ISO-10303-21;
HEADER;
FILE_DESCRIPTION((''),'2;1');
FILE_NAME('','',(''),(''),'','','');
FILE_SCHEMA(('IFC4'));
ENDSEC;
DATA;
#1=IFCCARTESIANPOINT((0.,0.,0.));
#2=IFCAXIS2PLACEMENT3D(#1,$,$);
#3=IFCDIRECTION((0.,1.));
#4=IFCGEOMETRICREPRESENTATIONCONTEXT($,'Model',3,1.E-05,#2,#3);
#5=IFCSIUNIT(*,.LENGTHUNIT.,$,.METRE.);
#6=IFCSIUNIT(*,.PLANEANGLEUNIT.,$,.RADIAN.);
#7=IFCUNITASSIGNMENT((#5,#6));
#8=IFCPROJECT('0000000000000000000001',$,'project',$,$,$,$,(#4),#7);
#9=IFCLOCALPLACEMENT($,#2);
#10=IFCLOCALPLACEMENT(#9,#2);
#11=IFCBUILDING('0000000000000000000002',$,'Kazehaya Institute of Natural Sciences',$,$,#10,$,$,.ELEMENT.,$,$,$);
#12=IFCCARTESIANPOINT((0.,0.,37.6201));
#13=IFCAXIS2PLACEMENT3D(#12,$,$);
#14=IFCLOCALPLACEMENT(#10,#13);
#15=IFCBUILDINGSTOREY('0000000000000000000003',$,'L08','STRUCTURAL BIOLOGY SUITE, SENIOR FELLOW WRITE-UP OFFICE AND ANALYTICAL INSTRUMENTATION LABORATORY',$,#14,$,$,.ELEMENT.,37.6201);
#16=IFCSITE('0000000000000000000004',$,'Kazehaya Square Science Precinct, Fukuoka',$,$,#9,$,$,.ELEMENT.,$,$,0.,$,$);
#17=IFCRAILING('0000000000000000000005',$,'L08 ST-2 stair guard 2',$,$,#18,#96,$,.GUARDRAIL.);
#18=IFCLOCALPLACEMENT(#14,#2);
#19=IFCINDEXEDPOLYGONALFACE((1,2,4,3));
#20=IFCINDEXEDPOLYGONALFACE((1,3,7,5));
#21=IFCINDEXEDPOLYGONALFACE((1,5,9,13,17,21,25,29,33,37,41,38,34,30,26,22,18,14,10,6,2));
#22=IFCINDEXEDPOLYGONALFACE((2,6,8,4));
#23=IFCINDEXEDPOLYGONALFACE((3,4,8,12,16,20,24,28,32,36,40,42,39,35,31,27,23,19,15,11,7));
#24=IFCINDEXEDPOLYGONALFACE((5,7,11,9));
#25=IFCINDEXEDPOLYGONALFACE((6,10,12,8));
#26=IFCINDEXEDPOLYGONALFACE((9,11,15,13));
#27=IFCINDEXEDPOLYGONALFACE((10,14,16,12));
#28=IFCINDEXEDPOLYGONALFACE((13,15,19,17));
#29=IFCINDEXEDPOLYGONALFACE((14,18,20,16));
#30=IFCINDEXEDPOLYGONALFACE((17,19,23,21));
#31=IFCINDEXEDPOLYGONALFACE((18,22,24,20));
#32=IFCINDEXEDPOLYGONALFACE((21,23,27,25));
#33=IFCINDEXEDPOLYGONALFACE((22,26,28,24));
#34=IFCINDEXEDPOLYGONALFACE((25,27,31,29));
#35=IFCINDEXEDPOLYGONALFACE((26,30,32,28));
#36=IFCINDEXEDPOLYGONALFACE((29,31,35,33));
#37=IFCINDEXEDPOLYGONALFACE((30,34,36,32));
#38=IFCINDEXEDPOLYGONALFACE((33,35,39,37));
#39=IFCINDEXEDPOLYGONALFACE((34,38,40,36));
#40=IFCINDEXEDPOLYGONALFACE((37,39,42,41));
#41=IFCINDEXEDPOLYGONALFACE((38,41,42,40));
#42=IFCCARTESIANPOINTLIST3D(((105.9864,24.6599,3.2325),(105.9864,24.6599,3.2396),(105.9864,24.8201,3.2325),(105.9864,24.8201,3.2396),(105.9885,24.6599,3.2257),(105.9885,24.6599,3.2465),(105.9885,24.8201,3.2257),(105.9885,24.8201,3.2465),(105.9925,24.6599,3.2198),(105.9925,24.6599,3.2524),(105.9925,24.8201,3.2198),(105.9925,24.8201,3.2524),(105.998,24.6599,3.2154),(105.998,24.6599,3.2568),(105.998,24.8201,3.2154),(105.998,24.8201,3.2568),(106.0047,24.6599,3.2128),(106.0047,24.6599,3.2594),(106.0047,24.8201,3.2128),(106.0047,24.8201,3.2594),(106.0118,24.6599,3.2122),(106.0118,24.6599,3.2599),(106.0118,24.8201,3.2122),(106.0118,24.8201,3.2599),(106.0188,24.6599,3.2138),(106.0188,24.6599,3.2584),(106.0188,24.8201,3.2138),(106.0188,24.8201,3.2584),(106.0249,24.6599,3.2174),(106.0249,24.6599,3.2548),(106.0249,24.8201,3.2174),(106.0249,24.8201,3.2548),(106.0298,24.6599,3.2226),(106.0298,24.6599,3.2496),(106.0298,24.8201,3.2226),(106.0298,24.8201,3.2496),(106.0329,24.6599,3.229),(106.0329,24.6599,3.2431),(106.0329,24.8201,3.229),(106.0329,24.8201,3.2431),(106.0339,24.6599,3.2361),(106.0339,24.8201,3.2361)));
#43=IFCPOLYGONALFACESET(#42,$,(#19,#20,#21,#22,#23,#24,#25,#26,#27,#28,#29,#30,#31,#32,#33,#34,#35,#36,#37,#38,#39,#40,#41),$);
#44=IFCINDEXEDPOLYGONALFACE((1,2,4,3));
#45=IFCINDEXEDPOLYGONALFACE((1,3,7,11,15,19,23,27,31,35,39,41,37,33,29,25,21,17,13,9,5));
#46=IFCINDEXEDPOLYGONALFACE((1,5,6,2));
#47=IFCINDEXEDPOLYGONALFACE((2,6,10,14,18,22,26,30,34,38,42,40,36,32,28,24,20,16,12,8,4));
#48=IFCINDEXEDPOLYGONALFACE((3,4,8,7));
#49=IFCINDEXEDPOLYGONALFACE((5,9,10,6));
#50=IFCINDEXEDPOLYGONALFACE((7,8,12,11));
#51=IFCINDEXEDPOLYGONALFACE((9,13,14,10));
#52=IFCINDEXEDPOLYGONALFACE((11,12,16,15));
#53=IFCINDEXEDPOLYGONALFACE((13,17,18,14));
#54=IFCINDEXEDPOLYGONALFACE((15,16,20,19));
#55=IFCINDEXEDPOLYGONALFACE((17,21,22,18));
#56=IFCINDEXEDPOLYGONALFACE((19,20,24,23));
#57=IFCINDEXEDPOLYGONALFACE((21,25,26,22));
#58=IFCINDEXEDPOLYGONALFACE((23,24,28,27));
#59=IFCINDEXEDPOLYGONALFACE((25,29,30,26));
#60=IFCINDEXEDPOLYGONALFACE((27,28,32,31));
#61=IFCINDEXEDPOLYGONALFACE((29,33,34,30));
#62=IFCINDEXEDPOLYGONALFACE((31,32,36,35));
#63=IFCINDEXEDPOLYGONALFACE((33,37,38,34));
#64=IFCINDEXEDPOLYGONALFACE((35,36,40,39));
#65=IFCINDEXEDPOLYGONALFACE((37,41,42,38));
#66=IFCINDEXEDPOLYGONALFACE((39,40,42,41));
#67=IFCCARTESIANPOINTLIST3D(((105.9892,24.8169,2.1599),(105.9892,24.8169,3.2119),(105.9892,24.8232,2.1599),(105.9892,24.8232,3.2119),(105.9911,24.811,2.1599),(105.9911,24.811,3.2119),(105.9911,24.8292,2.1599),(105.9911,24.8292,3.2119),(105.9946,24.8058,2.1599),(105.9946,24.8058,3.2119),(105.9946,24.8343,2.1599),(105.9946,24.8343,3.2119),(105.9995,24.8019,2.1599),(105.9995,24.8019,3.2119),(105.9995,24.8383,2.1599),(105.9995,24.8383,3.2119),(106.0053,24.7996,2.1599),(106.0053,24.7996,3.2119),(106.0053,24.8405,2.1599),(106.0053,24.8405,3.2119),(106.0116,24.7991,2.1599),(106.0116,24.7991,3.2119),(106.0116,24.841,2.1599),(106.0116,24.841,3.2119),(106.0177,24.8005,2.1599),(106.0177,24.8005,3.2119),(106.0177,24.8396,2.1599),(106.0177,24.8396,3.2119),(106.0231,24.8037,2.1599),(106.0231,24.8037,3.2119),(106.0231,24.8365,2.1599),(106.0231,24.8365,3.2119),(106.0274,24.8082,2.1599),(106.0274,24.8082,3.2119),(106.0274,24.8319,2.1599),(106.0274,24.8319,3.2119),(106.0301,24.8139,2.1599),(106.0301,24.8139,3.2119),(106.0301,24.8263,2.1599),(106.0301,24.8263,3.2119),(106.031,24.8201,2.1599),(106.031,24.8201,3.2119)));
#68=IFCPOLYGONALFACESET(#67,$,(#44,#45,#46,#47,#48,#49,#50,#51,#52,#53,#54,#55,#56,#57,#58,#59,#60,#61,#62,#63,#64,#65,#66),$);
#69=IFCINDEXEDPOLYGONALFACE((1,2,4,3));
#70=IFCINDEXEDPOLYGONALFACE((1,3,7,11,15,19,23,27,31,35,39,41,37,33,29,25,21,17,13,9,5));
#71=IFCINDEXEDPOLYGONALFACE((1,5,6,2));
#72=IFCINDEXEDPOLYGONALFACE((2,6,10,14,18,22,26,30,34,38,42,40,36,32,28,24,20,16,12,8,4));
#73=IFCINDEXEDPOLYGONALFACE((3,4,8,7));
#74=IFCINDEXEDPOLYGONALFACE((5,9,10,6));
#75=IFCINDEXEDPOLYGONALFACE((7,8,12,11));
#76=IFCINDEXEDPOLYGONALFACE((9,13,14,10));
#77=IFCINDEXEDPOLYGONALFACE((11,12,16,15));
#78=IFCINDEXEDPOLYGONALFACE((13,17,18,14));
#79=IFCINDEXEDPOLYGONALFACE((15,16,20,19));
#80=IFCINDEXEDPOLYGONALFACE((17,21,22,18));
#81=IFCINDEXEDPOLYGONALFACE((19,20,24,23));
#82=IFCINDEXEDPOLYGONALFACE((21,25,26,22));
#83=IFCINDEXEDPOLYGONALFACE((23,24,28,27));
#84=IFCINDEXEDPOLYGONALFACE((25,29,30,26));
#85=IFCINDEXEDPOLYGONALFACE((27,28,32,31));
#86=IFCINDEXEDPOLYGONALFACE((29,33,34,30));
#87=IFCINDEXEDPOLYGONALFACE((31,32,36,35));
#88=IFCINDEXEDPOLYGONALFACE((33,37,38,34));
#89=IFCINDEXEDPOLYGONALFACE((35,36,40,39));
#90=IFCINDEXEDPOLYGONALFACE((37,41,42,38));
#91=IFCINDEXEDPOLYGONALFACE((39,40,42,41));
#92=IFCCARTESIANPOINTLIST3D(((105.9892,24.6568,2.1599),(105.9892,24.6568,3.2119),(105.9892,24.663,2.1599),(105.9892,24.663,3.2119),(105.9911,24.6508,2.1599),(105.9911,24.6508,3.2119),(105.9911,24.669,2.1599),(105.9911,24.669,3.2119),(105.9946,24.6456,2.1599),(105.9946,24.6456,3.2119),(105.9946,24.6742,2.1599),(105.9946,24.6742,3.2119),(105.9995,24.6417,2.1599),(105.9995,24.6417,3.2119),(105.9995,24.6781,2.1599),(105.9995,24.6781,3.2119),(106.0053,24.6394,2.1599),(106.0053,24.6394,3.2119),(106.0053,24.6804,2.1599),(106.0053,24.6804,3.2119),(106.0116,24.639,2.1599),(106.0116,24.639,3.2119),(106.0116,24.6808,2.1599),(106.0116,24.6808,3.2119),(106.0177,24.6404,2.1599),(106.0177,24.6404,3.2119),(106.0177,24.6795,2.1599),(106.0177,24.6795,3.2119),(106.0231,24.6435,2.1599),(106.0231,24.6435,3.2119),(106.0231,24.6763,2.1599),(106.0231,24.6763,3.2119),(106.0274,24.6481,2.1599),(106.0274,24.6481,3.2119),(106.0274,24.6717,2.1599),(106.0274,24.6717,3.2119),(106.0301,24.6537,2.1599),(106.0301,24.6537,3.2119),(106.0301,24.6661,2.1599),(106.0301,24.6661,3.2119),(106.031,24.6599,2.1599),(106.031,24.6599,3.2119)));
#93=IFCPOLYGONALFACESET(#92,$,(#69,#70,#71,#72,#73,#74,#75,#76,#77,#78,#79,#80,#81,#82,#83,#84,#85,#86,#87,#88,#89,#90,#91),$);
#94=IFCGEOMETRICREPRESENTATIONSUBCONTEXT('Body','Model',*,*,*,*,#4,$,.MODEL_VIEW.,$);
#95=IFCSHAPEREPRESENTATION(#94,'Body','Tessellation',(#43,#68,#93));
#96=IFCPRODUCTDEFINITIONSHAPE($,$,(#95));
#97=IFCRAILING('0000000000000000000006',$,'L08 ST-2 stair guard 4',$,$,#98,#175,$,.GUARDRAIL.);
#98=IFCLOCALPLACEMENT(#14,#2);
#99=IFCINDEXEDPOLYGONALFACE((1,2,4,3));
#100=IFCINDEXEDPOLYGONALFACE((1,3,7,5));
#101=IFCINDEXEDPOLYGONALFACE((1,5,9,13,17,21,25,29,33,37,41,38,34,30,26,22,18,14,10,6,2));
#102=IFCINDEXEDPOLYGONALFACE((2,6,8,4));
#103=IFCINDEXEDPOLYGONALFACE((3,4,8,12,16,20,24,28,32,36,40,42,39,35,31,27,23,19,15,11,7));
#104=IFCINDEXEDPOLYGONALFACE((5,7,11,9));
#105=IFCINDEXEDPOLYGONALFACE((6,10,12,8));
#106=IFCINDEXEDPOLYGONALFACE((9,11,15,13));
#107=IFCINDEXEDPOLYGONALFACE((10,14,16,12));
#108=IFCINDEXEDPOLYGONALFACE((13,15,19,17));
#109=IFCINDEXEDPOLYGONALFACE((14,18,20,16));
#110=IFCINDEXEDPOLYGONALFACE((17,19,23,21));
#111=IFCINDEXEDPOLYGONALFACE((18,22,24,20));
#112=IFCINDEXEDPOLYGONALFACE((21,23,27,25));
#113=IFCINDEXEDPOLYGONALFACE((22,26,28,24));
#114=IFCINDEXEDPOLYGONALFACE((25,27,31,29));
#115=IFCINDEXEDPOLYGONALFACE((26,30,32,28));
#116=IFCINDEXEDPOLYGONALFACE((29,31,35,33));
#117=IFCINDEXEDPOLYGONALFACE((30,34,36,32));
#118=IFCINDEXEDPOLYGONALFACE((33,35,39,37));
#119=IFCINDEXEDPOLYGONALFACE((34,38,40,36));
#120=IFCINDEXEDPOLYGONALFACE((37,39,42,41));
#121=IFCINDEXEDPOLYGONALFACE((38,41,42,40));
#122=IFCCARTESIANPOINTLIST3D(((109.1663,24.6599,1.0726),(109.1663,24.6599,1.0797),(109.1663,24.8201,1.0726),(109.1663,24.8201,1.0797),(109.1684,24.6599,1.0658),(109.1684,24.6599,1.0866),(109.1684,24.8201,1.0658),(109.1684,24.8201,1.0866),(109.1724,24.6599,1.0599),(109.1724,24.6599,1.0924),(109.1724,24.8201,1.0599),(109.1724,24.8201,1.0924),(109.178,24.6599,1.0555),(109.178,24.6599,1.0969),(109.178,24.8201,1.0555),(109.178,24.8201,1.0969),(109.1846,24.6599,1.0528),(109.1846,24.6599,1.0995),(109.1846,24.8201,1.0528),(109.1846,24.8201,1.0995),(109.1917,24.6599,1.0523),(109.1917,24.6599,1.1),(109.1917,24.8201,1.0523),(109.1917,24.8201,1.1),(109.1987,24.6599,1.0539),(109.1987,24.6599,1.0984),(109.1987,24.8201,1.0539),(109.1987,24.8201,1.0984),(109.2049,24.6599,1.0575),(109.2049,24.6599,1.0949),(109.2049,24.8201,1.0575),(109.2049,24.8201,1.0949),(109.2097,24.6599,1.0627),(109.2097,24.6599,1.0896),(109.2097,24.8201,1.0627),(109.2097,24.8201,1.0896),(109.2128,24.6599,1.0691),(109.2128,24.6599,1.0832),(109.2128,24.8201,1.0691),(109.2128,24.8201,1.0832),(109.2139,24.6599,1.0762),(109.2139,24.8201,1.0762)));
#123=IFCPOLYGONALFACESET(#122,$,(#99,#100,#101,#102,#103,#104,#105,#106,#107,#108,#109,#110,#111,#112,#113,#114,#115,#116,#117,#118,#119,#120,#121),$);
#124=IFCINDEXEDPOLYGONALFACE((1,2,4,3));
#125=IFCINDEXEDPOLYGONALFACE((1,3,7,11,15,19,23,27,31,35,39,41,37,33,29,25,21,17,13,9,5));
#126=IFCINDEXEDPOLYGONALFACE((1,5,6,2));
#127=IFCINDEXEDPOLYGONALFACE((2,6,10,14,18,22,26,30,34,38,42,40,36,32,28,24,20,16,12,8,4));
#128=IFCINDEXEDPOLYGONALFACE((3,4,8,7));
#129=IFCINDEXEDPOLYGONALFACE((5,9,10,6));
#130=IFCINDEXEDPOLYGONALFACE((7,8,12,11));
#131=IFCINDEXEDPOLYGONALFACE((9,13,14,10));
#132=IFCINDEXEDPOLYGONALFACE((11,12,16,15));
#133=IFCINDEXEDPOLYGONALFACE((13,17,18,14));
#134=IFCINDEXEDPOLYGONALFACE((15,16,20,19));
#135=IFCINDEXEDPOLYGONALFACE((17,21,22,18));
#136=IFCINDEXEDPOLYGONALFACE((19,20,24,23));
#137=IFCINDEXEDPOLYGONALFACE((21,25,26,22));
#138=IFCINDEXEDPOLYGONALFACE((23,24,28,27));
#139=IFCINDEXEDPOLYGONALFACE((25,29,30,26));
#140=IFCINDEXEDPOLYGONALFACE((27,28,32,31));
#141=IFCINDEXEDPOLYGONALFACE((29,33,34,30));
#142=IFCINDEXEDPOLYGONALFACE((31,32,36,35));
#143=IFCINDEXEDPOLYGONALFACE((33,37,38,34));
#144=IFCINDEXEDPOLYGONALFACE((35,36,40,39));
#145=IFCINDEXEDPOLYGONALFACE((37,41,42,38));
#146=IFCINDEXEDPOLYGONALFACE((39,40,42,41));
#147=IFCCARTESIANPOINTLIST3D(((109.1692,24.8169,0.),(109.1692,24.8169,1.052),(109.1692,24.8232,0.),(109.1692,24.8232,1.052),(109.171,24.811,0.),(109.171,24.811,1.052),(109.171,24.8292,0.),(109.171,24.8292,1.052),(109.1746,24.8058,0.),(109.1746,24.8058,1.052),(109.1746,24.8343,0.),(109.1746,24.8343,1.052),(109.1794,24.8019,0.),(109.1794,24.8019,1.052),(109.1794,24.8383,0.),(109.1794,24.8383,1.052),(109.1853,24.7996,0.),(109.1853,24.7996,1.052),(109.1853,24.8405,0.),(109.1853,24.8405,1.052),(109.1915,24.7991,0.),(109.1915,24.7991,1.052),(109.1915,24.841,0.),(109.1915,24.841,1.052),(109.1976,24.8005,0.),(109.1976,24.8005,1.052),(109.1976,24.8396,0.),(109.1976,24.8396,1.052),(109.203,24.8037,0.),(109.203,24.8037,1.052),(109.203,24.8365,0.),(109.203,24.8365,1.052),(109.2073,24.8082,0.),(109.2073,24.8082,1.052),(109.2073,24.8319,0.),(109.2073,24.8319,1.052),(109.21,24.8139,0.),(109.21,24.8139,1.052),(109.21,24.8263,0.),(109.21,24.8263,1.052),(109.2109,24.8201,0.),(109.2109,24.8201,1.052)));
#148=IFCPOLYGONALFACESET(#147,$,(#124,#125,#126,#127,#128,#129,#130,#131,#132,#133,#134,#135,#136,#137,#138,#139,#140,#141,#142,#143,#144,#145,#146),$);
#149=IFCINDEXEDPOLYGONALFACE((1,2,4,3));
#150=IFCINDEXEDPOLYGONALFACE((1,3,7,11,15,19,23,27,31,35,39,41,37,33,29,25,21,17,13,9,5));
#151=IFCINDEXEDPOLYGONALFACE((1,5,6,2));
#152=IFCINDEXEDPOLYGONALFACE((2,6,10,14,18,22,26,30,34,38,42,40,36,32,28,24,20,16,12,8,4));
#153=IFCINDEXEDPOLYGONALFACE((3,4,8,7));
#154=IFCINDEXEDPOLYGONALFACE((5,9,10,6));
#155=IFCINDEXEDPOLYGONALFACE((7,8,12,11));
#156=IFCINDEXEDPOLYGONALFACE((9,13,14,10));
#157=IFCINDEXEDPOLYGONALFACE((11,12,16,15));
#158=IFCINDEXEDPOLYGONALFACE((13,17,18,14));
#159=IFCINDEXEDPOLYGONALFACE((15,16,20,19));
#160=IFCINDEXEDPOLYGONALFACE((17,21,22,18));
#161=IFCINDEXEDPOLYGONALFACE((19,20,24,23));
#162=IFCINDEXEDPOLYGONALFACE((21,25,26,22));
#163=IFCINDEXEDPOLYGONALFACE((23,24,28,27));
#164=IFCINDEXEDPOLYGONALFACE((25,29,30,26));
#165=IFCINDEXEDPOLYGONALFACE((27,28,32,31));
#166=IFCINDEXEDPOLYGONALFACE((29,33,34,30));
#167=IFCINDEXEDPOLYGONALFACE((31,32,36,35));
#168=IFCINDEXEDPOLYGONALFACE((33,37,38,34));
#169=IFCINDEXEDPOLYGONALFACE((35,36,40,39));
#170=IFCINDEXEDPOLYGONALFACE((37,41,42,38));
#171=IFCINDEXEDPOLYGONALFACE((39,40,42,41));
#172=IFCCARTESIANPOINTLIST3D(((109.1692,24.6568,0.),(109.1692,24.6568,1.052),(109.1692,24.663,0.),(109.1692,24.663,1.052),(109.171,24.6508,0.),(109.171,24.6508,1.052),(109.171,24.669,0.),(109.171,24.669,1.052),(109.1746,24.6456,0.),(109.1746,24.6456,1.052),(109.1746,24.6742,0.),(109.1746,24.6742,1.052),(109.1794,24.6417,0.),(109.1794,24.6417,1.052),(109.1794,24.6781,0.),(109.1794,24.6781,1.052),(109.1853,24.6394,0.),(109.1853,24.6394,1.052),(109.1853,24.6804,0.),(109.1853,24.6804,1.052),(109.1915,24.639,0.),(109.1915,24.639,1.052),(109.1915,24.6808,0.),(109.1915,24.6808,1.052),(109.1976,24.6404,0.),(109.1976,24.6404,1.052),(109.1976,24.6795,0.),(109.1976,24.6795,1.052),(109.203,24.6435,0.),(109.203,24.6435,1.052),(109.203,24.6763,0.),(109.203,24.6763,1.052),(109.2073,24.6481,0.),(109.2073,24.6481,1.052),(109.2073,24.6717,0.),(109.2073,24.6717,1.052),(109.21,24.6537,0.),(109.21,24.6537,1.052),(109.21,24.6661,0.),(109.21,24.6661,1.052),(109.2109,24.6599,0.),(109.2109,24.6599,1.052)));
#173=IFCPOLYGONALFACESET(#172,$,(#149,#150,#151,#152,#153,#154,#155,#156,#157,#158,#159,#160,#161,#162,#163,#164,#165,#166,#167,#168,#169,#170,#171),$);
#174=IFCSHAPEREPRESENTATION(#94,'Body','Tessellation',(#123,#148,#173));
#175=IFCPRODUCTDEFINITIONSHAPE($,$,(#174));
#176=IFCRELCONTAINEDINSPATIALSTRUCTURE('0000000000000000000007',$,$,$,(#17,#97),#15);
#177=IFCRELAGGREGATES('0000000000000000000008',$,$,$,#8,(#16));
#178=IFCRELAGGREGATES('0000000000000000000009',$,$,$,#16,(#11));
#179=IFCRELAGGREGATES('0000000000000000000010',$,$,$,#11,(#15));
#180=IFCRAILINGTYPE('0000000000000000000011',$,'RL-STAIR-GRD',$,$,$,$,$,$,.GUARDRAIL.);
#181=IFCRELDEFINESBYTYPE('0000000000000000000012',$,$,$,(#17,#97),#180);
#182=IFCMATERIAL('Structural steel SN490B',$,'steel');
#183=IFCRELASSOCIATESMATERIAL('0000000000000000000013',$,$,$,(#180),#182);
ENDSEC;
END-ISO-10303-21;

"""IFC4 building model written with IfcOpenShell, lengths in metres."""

from ifc_helpers import new_model, si_unit, direction, frame, origin, origin_2d, place, context, subcontext, project, spatial, circle, extrude, material, type_object, element, save


model = new_model("IFC4")

# Units and contexts
model_context = context("Model", 3, precision=1e-05, world=origin(), true_north=direction((0.0, 1.0)))
body_context = subcontext(model_context, "Body", "Model", "MODEL_VIEW")
ifc_project = project(units=[si_unit("LENGTHUNIT", "METRE"), si_unit("PLANEANGLEUNIT", "RADIAN")], contexts=[model_context])

# Site, building, storey
site_placement = place(None, origin())
site = spatial("IfcSite", under=ifc_project, at=site_placement, Name="Kazehaya Square Science Precinct, Fukuoka", CompositionType="ELEMENT", RefElevation=0.0)
building_placement = place(site_placement, origin())
building = spatial("IfcBuilding", under=site, at=building_placement, Name="Kazehaya Institute of Natural Sciences", CompositionType="ELEMENT")
storey_placement = place(building_placement, frame((0.0, 0.0, 37.6201)))
storey = spatial("IfcBuildingStorey", under=building, at=storey_placement, Name="L08", Description="STRUCTURAL BIOLOGY SUITE, SENIOR FELLOW WRITE-UP OFFICE AND ANALYTICAL INSTRUMENTATION LABORATORY", CompositionType="ELEMENT", Elevation=37.6201)

# Railings
ifc_material_1 = material(Name="Structural steel SN490B", Category="steel")
railing_type_1 = type_object("IfcRailingType", Name="RL-STAIR-GRD", PredefinedType="GUARDRAIL", material=ifc_material_1)
for number, where, name in (
    (1, (106.01, 24.8201, 2.1599), "L08 ST-2 stair guard 2"),
    (2, (109.1899, 24.8201, 0.0), "L08 ST-2 stair guard 4"),
):
    element("IfcRailing", number, at=place(storey_placement, frame(where)), inside=storey, type_object=railing_type_1, Name=name, PredefinedType="GUARDRAIL", context=body_context, shape_type="SweptSolid", body=[
        extrude(circle(Radius=0.0239, at=origin_2d()), frame((0.0, 0.0, 1.0762), z_axis=(0.0, -1.0, 0.0), x_axis=(1.0, 0.0, 0.0)), (0.0, 0.0, 1.0), 0.1602),
        extrude(circle(Radius=0.021, at=origin_2d()), origin(), (0.0, 0.0, 1.0), 1.052),
        extrude(circle(Radius=0.021, at=origin_2d()), frame((0.0, -0.1602, 0.0)), (0.0, 0.0, 1.0), 1.052),
    ])

save(model, "model.ifc")
